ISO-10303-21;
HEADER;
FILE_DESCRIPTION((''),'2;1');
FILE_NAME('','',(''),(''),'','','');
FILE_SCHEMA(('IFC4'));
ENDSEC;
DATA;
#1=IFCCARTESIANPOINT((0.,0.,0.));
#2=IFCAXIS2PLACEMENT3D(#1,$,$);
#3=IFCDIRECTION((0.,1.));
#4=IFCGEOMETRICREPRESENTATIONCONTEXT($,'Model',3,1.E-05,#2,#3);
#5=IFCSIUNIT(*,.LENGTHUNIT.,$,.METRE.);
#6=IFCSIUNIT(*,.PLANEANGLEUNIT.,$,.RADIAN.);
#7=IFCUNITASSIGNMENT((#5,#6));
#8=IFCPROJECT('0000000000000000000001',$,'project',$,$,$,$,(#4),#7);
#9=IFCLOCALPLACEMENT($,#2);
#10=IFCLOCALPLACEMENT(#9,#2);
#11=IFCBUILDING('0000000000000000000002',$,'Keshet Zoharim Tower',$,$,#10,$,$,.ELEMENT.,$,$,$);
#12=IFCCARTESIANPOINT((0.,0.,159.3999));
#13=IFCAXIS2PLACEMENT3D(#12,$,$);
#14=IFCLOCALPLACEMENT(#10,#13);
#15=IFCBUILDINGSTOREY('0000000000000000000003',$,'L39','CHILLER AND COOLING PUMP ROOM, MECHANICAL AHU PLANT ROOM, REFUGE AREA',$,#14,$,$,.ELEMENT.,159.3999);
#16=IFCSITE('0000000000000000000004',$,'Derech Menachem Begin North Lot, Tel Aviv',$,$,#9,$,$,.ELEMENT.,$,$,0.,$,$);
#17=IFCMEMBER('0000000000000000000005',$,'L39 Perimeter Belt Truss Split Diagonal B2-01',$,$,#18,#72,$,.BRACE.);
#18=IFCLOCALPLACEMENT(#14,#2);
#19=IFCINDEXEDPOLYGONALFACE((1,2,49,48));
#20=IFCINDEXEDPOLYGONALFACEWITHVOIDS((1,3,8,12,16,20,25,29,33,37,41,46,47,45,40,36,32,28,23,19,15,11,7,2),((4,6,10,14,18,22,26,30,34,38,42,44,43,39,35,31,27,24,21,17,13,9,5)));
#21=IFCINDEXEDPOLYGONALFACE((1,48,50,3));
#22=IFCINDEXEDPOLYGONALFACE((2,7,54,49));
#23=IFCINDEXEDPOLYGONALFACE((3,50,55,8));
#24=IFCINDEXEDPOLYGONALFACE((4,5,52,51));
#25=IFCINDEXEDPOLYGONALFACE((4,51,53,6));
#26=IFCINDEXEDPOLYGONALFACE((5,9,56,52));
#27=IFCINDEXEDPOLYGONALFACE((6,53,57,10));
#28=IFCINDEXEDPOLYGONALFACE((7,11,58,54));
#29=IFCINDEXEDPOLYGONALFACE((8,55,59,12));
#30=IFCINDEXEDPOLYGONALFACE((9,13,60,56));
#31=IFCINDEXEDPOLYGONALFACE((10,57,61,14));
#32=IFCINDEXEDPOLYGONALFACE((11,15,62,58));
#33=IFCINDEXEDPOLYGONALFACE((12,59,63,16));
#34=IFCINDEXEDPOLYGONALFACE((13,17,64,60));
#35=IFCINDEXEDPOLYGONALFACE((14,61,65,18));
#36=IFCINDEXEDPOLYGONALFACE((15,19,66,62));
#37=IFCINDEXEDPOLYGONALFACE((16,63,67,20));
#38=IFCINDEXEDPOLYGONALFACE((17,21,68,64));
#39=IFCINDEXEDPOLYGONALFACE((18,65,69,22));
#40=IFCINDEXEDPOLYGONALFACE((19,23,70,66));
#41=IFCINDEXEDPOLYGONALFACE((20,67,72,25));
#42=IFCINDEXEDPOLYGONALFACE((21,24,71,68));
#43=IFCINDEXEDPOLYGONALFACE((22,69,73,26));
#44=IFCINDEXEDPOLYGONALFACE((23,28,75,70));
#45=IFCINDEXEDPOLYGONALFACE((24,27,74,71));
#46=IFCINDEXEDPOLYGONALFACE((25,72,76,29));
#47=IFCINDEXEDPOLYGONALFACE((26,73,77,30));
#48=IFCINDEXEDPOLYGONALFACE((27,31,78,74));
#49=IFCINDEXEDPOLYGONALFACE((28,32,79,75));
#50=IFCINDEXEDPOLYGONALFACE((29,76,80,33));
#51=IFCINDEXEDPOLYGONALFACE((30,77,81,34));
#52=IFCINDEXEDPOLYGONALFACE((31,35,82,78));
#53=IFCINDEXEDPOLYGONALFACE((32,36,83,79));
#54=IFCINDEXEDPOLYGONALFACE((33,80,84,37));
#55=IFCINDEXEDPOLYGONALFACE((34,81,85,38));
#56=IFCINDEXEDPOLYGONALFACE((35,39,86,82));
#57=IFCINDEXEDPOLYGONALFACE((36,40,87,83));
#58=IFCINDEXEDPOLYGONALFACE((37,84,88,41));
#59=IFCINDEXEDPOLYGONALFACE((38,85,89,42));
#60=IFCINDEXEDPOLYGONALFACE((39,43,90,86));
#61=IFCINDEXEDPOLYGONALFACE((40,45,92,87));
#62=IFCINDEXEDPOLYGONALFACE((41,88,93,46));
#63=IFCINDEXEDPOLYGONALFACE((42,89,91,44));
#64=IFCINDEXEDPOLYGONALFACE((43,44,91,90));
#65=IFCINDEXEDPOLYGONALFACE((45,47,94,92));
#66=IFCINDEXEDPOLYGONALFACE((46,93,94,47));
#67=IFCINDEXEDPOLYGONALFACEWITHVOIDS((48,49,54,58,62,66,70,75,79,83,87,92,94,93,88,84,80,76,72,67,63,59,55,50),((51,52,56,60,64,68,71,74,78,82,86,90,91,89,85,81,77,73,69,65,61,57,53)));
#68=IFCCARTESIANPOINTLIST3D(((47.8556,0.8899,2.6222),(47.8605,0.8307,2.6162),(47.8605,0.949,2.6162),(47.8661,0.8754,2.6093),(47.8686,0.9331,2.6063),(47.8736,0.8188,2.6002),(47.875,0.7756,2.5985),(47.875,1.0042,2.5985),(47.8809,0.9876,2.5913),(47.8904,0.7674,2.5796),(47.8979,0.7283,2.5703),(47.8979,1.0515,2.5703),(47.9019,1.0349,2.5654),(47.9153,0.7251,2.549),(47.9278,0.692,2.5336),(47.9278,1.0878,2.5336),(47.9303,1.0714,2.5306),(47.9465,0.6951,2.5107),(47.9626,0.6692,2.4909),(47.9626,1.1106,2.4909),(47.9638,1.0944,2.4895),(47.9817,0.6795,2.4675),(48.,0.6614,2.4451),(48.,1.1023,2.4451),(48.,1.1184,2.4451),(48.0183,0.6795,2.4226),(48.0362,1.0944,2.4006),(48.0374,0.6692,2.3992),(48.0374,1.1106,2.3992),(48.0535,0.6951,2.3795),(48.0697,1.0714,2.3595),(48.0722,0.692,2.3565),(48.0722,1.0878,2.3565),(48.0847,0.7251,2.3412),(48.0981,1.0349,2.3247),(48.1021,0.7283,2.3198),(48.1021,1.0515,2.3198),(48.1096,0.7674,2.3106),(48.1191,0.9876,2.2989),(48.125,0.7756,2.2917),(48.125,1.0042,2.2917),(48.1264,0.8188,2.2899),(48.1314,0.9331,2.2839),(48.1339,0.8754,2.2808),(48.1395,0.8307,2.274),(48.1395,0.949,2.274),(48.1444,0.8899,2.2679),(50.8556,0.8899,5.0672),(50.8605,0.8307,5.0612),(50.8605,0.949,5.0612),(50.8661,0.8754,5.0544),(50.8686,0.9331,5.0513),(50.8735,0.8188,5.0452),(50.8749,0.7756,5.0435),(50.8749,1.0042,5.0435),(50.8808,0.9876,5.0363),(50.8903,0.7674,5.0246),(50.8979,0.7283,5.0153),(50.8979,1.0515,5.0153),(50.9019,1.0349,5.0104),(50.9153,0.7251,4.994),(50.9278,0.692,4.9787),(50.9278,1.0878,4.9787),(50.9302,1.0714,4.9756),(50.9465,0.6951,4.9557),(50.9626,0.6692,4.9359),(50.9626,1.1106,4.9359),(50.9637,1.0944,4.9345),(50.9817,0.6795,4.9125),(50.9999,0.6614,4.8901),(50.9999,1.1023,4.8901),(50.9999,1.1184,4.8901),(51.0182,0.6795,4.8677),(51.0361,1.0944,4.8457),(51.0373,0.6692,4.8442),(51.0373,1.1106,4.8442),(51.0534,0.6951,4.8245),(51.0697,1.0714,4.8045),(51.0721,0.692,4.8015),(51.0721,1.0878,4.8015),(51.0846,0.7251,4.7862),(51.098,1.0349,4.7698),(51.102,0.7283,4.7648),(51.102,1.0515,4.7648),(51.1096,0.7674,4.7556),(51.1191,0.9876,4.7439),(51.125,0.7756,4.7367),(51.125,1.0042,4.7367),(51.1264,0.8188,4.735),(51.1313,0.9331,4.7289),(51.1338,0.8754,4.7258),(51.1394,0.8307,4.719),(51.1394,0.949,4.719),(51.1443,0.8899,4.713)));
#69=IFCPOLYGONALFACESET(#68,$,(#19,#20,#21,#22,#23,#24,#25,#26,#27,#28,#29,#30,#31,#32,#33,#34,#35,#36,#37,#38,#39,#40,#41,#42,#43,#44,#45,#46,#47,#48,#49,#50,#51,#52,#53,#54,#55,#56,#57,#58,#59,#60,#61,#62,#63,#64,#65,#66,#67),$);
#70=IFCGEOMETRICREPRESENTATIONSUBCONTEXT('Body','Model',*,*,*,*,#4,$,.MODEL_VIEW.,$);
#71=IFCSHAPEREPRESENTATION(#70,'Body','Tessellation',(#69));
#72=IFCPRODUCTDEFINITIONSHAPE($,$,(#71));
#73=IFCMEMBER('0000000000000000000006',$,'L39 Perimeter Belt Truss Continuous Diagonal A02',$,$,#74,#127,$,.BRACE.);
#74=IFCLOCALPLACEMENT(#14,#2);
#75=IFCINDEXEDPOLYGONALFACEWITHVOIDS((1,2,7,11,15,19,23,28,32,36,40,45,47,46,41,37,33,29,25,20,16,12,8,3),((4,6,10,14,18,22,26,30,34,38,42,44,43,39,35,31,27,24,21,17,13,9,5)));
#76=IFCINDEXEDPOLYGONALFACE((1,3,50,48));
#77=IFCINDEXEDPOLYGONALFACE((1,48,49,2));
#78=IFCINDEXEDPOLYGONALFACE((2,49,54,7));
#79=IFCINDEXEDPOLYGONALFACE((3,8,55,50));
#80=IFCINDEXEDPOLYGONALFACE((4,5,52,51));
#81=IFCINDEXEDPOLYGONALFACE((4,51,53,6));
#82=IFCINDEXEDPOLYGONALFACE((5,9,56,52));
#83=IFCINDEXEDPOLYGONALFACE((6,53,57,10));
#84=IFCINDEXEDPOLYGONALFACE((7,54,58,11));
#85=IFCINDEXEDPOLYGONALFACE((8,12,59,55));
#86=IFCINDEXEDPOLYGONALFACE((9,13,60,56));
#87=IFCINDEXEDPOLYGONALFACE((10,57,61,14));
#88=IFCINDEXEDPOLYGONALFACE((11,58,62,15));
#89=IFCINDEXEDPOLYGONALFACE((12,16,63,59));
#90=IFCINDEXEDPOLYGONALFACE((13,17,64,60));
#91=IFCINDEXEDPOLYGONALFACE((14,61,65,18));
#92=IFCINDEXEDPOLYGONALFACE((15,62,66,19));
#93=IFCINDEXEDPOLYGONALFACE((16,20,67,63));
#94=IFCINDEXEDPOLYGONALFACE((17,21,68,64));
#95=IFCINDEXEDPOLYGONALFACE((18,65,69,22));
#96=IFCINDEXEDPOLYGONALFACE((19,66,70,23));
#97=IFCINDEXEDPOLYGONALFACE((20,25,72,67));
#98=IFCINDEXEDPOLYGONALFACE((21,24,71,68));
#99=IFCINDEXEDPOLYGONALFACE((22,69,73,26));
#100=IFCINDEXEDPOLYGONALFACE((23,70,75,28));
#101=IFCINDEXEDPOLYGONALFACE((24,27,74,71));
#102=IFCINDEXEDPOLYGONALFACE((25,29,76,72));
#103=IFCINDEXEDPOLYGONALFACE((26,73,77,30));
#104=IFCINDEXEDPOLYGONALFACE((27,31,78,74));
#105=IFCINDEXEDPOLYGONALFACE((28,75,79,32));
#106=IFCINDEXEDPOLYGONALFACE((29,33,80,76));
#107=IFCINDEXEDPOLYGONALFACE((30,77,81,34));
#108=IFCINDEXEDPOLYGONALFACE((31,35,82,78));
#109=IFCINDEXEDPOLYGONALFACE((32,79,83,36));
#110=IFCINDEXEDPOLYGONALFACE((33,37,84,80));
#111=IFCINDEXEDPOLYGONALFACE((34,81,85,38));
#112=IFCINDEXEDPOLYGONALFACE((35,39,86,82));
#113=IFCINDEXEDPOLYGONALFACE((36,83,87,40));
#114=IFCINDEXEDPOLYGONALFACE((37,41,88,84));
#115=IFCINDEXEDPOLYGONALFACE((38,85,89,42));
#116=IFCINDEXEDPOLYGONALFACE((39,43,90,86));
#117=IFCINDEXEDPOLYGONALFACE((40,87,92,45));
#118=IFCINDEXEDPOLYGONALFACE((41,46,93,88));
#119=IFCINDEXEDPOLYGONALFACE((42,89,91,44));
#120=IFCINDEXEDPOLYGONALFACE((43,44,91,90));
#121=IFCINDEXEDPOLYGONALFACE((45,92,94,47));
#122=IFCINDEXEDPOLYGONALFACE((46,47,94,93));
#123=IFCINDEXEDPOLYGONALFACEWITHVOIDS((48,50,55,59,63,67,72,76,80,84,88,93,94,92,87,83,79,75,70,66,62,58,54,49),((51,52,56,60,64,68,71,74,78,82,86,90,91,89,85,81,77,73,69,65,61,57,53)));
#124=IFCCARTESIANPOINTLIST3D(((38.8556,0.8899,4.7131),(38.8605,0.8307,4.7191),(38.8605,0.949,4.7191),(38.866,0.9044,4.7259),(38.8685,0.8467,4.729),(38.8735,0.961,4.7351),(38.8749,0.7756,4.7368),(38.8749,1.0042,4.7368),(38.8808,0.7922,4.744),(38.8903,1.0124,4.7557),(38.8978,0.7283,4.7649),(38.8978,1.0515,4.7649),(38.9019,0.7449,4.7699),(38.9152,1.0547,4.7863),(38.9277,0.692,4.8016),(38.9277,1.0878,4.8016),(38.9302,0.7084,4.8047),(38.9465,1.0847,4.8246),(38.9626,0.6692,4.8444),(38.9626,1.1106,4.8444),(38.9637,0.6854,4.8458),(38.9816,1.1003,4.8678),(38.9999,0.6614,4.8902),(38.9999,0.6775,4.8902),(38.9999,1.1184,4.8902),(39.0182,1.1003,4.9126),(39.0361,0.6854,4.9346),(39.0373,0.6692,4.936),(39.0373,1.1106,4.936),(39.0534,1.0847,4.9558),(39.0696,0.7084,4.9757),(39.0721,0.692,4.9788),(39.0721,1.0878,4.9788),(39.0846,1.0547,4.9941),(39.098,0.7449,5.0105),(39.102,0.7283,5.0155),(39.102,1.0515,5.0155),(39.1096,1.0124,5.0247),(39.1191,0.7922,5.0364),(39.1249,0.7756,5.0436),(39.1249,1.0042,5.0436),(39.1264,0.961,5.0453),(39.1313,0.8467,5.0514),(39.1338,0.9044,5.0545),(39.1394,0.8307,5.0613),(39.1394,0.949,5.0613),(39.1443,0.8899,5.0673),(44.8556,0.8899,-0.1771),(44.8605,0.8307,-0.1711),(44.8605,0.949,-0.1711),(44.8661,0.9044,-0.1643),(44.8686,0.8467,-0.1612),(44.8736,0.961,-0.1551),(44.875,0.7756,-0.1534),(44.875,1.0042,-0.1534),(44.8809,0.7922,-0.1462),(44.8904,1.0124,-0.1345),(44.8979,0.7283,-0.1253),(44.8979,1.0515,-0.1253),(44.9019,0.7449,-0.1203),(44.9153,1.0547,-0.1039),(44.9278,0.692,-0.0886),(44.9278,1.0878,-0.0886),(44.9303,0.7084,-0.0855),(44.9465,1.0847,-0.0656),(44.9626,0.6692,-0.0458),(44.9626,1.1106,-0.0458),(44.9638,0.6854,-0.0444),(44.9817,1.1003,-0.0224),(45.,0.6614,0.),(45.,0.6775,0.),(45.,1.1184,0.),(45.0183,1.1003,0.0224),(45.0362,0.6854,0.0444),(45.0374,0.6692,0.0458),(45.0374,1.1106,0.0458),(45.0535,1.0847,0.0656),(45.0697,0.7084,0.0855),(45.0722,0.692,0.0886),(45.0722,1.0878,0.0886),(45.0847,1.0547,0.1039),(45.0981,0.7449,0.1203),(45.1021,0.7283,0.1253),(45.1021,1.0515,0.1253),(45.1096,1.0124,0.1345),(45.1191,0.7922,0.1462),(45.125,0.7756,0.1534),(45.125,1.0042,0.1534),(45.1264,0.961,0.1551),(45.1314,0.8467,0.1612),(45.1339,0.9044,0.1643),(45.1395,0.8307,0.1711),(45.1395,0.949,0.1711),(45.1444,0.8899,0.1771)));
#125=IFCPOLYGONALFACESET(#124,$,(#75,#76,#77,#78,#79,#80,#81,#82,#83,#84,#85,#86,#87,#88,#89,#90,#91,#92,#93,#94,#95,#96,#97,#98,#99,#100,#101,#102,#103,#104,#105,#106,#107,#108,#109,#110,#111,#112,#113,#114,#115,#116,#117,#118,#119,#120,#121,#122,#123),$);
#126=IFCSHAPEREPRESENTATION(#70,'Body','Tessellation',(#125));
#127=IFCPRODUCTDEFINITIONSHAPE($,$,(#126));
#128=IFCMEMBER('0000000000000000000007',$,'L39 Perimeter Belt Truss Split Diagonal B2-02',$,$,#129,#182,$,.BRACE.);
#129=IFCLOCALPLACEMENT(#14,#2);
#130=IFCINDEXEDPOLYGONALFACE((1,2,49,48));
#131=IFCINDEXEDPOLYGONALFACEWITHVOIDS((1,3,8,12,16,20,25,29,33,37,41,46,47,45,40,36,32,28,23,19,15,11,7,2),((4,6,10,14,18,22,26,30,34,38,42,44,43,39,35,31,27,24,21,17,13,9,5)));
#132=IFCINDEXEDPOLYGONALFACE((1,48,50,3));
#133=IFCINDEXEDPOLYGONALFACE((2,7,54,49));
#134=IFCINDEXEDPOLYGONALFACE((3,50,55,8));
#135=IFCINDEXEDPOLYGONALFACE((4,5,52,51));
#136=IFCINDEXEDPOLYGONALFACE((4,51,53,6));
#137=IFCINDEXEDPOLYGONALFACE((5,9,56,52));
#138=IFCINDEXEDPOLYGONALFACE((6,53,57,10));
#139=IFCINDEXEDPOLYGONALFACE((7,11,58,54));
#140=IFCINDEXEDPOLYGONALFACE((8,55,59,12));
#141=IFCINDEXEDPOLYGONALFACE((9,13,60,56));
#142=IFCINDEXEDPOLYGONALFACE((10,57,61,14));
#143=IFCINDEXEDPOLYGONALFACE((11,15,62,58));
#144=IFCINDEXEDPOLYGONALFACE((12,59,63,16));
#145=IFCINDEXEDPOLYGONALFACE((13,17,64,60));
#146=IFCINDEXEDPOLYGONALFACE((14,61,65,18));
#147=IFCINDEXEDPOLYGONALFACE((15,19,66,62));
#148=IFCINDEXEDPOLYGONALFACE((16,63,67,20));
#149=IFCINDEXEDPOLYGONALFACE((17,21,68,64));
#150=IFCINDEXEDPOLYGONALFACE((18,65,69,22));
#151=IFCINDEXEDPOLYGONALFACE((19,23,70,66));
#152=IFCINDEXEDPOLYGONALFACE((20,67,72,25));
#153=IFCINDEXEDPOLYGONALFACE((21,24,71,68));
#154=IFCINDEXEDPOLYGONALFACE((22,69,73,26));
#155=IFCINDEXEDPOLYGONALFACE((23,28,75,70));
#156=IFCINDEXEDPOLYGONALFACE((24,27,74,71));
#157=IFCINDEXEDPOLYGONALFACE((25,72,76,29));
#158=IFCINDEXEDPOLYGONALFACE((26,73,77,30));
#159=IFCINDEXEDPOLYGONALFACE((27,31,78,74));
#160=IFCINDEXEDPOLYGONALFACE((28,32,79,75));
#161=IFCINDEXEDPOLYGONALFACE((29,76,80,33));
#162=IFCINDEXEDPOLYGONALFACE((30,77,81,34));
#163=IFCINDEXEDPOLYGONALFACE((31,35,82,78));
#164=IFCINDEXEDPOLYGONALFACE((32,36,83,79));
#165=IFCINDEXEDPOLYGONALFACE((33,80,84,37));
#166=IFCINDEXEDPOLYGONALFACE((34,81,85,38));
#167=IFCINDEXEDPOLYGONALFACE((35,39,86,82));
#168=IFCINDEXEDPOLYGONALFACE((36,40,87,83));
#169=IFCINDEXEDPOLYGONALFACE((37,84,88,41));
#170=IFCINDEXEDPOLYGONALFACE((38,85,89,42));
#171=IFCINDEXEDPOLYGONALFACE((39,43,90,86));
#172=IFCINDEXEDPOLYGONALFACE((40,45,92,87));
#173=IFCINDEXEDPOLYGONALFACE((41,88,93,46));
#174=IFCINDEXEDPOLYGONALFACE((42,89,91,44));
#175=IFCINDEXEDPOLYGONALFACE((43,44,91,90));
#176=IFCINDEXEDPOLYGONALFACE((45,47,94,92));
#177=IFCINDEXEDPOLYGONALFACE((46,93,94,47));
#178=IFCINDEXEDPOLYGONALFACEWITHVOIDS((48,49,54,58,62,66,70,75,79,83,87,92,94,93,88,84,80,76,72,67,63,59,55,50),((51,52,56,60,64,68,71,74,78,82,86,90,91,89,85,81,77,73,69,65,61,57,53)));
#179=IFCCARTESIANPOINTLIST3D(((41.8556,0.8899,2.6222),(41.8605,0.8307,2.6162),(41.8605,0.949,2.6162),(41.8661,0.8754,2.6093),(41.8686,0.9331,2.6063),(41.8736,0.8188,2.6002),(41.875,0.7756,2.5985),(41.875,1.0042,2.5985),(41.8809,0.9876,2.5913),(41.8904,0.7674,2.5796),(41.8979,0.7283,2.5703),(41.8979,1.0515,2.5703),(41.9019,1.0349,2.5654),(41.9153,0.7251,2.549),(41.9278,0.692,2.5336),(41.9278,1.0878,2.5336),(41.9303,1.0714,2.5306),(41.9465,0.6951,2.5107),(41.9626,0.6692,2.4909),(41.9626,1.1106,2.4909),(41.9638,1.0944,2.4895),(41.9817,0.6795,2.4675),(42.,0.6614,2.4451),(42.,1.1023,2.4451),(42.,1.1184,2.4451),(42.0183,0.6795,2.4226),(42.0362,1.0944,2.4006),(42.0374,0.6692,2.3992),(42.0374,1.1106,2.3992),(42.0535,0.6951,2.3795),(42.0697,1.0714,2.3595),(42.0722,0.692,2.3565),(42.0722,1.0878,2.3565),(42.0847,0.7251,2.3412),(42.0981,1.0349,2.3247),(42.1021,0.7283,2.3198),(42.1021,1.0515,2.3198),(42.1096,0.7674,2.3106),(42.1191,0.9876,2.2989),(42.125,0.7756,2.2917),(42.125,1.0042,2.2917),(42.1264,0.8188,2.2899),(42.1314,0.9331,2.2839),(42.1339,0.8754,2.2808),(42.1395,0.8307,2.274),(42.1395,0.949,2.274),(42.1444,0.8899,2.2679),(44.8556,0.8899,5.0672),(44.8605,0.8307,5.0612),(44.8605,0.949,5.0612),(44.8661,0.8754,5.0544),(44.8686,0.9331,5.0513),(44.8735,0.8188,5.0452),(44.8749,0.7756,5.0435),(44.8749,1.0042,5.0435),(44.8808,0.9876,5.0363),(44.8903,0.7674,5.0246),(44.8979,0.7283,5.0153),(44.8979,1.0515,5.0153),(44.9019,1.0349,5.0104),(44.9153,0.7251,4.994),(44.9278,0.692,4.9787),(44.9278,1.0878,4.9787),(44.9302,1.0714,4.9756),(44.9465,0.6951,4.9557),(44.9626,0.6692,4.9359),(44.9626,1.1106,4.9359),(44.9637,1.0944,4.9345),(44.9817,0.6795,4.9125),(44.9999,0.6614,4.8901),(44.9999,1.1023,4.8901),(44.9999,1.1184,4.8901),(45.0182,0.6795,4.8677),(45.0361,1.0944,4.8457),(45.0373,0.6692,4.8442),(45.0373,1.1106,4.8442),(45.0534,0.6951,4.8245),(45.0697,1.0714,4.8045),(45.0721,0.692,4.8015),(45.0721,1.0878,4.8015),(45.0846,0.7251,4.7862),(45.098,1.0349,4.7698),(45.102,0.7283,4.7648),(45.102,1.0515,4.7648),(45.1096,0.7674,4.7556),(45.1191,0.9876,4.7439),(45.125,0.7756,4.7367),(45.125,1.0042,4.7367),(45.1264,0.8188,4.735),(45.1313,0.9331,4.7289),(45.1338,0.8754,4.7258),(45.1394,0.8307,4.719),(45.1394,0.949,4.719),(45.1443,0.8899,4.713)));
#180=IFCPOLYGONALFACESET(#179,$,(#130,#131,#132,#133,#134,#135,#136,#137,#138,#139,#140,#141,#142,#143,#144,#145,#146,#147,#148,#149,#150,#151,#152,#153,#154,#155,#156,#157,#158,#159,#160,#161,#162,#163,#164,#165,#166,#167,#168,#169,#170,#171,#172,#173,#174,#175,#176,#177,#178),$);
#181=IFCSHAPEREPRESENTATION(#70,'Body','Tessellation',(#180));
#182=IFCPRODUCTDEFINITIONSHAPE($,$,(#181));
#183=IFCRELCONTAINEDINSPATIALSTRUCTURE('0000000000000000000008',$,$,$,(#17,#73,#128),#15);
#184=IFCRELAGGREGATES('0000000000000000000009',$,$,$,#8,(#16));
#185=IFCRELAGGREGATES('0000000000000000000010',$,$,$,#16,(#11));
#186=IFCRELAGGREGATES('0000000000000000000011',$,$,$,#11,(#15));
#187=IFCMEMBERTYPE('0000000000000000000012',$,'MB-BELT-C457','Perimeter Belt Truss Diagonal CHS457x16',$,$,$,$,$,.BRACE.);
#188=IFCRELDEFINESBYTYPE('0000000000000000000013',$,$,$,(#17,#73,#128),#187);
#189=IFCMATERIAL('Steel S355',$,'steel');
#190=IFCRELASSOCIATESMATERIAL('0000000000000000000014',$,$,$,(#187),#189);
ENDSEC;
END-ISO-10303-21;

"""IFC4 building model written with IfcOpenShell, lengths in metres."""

from ifc_helpers import new_model, si_unit, direction, frame, origin, origin_2d, place, context, subcontext, project, spatial, hollow_circle, extrude, material, material_profile, profile_set, type_object, element, save


model = new_model("IFC4")

# Units and contexts
model_context = context("Model", 3, precision=1e-05, world=origin(), true_north=direction((0.0, 1.0)))
body_context = subcontext(model_context, "Body", "Model", "MODEL_VIEW")
ifc_project = project(units=[si_unit("LENGTHUNIT", "METRE"), si_unit("PLANEANGLEUNIT", "RADIAN")], contexts=[model_context])

# Site, building, storey
site_placement = place(None, origin())
site = spatial("IfcSite", under=ifc_project, at=site_placement, Name="Derech Menachem Begin North Lot, Tel Aviv", CompositionType="ELEMENT", RefElevation=0.0)
building_placement = place(site_placement, origin())
building = spatial("IfcBuilding", under=site, at=building_placement, Name="Keshet Zoharim Tower", CompositionType="ELEMENT")
storey_placement = place(building_placement, frame((0.0, 0.0, 159.3999)))
storey = spatial("IfcBuildingStorey", under=building, at=storey_placement, Name="L39", Description="CHILLER AND COOLING PUMP ROOM, MECHANICAL AHU PLANT ROOM, REFUGE AREA", CompositionType="ELEMENT", Elevation=159.3999)

# Shared definitions
ifc_material_1 = material(Name="Steel S355", Category="steel")

# Members
ifc_material_profile_1 = material_profile(ifc_material_1, hollow_circle(Radius=0.2285, WallThickness=0.0161, at=origin_2d()), Name="CHS457x16")
ifc_profile_set_1 = profile_set([ifc_material_profile_1], Name="Steel S355")
member_type_1 = type_object("IfcMemberType", Name="MB-BELT-C457", Description="Perimeter Belt Truss Diagonal CHS457x16", PredefinedType="BRACE", material=ifc_profile_set_1)
for number, where, z_axis, x_axis, name in (
    (1, (48.0, 0.8899, 2.4451), (0.775156, 0.0, 0.63177), (0.0, 1.0, 0.0), "L39 Perimeter Belt Truss Split Diagonal B2-01"),
):
    element("IfcMember", number, at=place(storey_placement, frame(where, z_axis=z_axis, x_axis=x_axis)), inside=storey, type_object=member_type_1, Name=name, PredefinedType="BRACE", context=body_context, shape_type="SweptSolid", body=[
        extrude(hollow_circle(Radius=0.2285, WallThickness=0.0161, at=origin_2d()), origin(), (0.0, 0.0, 1.0), 3.8701),
    ])
member_1_placement = place(storey_placement, frame((45.0, 0.8899, 0.0), z_axis=(-0.775156, 0.0, 0.63177), x_axis=(0.0, -1.0, 0.0)))
element("IfcMember", 2, at=member_1_placement, inside=storey, type_object=member_type_1, Name="L39 Perimeter Belt Truss Continuous Diagonal A02", PredefinedType="BRACE", context=body_context, shape_type="SweptSolid", body=[
    extrude(hollow_circle(Radius=0.2285, WallThickness=0.0161, at=origin_2d()), origin(), (0.0, 0.0, 1.0), 7.7405),
])
member_2_placement = place(storey_placement, frame((42.0, 0.8899, 2.4451), z_axis=(0.775156, 0.0, 0.63177), x_axis=(0.0, 1.0, 0.0)))
element("IfcMember", 3, at=member_2_placement, inside=storey, type_object=member_type_1, Name="L39 Perimeter Belt Truss Split Diagonal B2-02", PredefinedType="BRACE", context=body_context, shape_type="SweptSolid", body=[
    extrude(hollow_circle(Radius=0.2285, WallThickness=0.0161, at=origin_2d()), origin(), (0.0, 0.0, 1.0), 3.8701),
])

save(model, "model.ifc")
